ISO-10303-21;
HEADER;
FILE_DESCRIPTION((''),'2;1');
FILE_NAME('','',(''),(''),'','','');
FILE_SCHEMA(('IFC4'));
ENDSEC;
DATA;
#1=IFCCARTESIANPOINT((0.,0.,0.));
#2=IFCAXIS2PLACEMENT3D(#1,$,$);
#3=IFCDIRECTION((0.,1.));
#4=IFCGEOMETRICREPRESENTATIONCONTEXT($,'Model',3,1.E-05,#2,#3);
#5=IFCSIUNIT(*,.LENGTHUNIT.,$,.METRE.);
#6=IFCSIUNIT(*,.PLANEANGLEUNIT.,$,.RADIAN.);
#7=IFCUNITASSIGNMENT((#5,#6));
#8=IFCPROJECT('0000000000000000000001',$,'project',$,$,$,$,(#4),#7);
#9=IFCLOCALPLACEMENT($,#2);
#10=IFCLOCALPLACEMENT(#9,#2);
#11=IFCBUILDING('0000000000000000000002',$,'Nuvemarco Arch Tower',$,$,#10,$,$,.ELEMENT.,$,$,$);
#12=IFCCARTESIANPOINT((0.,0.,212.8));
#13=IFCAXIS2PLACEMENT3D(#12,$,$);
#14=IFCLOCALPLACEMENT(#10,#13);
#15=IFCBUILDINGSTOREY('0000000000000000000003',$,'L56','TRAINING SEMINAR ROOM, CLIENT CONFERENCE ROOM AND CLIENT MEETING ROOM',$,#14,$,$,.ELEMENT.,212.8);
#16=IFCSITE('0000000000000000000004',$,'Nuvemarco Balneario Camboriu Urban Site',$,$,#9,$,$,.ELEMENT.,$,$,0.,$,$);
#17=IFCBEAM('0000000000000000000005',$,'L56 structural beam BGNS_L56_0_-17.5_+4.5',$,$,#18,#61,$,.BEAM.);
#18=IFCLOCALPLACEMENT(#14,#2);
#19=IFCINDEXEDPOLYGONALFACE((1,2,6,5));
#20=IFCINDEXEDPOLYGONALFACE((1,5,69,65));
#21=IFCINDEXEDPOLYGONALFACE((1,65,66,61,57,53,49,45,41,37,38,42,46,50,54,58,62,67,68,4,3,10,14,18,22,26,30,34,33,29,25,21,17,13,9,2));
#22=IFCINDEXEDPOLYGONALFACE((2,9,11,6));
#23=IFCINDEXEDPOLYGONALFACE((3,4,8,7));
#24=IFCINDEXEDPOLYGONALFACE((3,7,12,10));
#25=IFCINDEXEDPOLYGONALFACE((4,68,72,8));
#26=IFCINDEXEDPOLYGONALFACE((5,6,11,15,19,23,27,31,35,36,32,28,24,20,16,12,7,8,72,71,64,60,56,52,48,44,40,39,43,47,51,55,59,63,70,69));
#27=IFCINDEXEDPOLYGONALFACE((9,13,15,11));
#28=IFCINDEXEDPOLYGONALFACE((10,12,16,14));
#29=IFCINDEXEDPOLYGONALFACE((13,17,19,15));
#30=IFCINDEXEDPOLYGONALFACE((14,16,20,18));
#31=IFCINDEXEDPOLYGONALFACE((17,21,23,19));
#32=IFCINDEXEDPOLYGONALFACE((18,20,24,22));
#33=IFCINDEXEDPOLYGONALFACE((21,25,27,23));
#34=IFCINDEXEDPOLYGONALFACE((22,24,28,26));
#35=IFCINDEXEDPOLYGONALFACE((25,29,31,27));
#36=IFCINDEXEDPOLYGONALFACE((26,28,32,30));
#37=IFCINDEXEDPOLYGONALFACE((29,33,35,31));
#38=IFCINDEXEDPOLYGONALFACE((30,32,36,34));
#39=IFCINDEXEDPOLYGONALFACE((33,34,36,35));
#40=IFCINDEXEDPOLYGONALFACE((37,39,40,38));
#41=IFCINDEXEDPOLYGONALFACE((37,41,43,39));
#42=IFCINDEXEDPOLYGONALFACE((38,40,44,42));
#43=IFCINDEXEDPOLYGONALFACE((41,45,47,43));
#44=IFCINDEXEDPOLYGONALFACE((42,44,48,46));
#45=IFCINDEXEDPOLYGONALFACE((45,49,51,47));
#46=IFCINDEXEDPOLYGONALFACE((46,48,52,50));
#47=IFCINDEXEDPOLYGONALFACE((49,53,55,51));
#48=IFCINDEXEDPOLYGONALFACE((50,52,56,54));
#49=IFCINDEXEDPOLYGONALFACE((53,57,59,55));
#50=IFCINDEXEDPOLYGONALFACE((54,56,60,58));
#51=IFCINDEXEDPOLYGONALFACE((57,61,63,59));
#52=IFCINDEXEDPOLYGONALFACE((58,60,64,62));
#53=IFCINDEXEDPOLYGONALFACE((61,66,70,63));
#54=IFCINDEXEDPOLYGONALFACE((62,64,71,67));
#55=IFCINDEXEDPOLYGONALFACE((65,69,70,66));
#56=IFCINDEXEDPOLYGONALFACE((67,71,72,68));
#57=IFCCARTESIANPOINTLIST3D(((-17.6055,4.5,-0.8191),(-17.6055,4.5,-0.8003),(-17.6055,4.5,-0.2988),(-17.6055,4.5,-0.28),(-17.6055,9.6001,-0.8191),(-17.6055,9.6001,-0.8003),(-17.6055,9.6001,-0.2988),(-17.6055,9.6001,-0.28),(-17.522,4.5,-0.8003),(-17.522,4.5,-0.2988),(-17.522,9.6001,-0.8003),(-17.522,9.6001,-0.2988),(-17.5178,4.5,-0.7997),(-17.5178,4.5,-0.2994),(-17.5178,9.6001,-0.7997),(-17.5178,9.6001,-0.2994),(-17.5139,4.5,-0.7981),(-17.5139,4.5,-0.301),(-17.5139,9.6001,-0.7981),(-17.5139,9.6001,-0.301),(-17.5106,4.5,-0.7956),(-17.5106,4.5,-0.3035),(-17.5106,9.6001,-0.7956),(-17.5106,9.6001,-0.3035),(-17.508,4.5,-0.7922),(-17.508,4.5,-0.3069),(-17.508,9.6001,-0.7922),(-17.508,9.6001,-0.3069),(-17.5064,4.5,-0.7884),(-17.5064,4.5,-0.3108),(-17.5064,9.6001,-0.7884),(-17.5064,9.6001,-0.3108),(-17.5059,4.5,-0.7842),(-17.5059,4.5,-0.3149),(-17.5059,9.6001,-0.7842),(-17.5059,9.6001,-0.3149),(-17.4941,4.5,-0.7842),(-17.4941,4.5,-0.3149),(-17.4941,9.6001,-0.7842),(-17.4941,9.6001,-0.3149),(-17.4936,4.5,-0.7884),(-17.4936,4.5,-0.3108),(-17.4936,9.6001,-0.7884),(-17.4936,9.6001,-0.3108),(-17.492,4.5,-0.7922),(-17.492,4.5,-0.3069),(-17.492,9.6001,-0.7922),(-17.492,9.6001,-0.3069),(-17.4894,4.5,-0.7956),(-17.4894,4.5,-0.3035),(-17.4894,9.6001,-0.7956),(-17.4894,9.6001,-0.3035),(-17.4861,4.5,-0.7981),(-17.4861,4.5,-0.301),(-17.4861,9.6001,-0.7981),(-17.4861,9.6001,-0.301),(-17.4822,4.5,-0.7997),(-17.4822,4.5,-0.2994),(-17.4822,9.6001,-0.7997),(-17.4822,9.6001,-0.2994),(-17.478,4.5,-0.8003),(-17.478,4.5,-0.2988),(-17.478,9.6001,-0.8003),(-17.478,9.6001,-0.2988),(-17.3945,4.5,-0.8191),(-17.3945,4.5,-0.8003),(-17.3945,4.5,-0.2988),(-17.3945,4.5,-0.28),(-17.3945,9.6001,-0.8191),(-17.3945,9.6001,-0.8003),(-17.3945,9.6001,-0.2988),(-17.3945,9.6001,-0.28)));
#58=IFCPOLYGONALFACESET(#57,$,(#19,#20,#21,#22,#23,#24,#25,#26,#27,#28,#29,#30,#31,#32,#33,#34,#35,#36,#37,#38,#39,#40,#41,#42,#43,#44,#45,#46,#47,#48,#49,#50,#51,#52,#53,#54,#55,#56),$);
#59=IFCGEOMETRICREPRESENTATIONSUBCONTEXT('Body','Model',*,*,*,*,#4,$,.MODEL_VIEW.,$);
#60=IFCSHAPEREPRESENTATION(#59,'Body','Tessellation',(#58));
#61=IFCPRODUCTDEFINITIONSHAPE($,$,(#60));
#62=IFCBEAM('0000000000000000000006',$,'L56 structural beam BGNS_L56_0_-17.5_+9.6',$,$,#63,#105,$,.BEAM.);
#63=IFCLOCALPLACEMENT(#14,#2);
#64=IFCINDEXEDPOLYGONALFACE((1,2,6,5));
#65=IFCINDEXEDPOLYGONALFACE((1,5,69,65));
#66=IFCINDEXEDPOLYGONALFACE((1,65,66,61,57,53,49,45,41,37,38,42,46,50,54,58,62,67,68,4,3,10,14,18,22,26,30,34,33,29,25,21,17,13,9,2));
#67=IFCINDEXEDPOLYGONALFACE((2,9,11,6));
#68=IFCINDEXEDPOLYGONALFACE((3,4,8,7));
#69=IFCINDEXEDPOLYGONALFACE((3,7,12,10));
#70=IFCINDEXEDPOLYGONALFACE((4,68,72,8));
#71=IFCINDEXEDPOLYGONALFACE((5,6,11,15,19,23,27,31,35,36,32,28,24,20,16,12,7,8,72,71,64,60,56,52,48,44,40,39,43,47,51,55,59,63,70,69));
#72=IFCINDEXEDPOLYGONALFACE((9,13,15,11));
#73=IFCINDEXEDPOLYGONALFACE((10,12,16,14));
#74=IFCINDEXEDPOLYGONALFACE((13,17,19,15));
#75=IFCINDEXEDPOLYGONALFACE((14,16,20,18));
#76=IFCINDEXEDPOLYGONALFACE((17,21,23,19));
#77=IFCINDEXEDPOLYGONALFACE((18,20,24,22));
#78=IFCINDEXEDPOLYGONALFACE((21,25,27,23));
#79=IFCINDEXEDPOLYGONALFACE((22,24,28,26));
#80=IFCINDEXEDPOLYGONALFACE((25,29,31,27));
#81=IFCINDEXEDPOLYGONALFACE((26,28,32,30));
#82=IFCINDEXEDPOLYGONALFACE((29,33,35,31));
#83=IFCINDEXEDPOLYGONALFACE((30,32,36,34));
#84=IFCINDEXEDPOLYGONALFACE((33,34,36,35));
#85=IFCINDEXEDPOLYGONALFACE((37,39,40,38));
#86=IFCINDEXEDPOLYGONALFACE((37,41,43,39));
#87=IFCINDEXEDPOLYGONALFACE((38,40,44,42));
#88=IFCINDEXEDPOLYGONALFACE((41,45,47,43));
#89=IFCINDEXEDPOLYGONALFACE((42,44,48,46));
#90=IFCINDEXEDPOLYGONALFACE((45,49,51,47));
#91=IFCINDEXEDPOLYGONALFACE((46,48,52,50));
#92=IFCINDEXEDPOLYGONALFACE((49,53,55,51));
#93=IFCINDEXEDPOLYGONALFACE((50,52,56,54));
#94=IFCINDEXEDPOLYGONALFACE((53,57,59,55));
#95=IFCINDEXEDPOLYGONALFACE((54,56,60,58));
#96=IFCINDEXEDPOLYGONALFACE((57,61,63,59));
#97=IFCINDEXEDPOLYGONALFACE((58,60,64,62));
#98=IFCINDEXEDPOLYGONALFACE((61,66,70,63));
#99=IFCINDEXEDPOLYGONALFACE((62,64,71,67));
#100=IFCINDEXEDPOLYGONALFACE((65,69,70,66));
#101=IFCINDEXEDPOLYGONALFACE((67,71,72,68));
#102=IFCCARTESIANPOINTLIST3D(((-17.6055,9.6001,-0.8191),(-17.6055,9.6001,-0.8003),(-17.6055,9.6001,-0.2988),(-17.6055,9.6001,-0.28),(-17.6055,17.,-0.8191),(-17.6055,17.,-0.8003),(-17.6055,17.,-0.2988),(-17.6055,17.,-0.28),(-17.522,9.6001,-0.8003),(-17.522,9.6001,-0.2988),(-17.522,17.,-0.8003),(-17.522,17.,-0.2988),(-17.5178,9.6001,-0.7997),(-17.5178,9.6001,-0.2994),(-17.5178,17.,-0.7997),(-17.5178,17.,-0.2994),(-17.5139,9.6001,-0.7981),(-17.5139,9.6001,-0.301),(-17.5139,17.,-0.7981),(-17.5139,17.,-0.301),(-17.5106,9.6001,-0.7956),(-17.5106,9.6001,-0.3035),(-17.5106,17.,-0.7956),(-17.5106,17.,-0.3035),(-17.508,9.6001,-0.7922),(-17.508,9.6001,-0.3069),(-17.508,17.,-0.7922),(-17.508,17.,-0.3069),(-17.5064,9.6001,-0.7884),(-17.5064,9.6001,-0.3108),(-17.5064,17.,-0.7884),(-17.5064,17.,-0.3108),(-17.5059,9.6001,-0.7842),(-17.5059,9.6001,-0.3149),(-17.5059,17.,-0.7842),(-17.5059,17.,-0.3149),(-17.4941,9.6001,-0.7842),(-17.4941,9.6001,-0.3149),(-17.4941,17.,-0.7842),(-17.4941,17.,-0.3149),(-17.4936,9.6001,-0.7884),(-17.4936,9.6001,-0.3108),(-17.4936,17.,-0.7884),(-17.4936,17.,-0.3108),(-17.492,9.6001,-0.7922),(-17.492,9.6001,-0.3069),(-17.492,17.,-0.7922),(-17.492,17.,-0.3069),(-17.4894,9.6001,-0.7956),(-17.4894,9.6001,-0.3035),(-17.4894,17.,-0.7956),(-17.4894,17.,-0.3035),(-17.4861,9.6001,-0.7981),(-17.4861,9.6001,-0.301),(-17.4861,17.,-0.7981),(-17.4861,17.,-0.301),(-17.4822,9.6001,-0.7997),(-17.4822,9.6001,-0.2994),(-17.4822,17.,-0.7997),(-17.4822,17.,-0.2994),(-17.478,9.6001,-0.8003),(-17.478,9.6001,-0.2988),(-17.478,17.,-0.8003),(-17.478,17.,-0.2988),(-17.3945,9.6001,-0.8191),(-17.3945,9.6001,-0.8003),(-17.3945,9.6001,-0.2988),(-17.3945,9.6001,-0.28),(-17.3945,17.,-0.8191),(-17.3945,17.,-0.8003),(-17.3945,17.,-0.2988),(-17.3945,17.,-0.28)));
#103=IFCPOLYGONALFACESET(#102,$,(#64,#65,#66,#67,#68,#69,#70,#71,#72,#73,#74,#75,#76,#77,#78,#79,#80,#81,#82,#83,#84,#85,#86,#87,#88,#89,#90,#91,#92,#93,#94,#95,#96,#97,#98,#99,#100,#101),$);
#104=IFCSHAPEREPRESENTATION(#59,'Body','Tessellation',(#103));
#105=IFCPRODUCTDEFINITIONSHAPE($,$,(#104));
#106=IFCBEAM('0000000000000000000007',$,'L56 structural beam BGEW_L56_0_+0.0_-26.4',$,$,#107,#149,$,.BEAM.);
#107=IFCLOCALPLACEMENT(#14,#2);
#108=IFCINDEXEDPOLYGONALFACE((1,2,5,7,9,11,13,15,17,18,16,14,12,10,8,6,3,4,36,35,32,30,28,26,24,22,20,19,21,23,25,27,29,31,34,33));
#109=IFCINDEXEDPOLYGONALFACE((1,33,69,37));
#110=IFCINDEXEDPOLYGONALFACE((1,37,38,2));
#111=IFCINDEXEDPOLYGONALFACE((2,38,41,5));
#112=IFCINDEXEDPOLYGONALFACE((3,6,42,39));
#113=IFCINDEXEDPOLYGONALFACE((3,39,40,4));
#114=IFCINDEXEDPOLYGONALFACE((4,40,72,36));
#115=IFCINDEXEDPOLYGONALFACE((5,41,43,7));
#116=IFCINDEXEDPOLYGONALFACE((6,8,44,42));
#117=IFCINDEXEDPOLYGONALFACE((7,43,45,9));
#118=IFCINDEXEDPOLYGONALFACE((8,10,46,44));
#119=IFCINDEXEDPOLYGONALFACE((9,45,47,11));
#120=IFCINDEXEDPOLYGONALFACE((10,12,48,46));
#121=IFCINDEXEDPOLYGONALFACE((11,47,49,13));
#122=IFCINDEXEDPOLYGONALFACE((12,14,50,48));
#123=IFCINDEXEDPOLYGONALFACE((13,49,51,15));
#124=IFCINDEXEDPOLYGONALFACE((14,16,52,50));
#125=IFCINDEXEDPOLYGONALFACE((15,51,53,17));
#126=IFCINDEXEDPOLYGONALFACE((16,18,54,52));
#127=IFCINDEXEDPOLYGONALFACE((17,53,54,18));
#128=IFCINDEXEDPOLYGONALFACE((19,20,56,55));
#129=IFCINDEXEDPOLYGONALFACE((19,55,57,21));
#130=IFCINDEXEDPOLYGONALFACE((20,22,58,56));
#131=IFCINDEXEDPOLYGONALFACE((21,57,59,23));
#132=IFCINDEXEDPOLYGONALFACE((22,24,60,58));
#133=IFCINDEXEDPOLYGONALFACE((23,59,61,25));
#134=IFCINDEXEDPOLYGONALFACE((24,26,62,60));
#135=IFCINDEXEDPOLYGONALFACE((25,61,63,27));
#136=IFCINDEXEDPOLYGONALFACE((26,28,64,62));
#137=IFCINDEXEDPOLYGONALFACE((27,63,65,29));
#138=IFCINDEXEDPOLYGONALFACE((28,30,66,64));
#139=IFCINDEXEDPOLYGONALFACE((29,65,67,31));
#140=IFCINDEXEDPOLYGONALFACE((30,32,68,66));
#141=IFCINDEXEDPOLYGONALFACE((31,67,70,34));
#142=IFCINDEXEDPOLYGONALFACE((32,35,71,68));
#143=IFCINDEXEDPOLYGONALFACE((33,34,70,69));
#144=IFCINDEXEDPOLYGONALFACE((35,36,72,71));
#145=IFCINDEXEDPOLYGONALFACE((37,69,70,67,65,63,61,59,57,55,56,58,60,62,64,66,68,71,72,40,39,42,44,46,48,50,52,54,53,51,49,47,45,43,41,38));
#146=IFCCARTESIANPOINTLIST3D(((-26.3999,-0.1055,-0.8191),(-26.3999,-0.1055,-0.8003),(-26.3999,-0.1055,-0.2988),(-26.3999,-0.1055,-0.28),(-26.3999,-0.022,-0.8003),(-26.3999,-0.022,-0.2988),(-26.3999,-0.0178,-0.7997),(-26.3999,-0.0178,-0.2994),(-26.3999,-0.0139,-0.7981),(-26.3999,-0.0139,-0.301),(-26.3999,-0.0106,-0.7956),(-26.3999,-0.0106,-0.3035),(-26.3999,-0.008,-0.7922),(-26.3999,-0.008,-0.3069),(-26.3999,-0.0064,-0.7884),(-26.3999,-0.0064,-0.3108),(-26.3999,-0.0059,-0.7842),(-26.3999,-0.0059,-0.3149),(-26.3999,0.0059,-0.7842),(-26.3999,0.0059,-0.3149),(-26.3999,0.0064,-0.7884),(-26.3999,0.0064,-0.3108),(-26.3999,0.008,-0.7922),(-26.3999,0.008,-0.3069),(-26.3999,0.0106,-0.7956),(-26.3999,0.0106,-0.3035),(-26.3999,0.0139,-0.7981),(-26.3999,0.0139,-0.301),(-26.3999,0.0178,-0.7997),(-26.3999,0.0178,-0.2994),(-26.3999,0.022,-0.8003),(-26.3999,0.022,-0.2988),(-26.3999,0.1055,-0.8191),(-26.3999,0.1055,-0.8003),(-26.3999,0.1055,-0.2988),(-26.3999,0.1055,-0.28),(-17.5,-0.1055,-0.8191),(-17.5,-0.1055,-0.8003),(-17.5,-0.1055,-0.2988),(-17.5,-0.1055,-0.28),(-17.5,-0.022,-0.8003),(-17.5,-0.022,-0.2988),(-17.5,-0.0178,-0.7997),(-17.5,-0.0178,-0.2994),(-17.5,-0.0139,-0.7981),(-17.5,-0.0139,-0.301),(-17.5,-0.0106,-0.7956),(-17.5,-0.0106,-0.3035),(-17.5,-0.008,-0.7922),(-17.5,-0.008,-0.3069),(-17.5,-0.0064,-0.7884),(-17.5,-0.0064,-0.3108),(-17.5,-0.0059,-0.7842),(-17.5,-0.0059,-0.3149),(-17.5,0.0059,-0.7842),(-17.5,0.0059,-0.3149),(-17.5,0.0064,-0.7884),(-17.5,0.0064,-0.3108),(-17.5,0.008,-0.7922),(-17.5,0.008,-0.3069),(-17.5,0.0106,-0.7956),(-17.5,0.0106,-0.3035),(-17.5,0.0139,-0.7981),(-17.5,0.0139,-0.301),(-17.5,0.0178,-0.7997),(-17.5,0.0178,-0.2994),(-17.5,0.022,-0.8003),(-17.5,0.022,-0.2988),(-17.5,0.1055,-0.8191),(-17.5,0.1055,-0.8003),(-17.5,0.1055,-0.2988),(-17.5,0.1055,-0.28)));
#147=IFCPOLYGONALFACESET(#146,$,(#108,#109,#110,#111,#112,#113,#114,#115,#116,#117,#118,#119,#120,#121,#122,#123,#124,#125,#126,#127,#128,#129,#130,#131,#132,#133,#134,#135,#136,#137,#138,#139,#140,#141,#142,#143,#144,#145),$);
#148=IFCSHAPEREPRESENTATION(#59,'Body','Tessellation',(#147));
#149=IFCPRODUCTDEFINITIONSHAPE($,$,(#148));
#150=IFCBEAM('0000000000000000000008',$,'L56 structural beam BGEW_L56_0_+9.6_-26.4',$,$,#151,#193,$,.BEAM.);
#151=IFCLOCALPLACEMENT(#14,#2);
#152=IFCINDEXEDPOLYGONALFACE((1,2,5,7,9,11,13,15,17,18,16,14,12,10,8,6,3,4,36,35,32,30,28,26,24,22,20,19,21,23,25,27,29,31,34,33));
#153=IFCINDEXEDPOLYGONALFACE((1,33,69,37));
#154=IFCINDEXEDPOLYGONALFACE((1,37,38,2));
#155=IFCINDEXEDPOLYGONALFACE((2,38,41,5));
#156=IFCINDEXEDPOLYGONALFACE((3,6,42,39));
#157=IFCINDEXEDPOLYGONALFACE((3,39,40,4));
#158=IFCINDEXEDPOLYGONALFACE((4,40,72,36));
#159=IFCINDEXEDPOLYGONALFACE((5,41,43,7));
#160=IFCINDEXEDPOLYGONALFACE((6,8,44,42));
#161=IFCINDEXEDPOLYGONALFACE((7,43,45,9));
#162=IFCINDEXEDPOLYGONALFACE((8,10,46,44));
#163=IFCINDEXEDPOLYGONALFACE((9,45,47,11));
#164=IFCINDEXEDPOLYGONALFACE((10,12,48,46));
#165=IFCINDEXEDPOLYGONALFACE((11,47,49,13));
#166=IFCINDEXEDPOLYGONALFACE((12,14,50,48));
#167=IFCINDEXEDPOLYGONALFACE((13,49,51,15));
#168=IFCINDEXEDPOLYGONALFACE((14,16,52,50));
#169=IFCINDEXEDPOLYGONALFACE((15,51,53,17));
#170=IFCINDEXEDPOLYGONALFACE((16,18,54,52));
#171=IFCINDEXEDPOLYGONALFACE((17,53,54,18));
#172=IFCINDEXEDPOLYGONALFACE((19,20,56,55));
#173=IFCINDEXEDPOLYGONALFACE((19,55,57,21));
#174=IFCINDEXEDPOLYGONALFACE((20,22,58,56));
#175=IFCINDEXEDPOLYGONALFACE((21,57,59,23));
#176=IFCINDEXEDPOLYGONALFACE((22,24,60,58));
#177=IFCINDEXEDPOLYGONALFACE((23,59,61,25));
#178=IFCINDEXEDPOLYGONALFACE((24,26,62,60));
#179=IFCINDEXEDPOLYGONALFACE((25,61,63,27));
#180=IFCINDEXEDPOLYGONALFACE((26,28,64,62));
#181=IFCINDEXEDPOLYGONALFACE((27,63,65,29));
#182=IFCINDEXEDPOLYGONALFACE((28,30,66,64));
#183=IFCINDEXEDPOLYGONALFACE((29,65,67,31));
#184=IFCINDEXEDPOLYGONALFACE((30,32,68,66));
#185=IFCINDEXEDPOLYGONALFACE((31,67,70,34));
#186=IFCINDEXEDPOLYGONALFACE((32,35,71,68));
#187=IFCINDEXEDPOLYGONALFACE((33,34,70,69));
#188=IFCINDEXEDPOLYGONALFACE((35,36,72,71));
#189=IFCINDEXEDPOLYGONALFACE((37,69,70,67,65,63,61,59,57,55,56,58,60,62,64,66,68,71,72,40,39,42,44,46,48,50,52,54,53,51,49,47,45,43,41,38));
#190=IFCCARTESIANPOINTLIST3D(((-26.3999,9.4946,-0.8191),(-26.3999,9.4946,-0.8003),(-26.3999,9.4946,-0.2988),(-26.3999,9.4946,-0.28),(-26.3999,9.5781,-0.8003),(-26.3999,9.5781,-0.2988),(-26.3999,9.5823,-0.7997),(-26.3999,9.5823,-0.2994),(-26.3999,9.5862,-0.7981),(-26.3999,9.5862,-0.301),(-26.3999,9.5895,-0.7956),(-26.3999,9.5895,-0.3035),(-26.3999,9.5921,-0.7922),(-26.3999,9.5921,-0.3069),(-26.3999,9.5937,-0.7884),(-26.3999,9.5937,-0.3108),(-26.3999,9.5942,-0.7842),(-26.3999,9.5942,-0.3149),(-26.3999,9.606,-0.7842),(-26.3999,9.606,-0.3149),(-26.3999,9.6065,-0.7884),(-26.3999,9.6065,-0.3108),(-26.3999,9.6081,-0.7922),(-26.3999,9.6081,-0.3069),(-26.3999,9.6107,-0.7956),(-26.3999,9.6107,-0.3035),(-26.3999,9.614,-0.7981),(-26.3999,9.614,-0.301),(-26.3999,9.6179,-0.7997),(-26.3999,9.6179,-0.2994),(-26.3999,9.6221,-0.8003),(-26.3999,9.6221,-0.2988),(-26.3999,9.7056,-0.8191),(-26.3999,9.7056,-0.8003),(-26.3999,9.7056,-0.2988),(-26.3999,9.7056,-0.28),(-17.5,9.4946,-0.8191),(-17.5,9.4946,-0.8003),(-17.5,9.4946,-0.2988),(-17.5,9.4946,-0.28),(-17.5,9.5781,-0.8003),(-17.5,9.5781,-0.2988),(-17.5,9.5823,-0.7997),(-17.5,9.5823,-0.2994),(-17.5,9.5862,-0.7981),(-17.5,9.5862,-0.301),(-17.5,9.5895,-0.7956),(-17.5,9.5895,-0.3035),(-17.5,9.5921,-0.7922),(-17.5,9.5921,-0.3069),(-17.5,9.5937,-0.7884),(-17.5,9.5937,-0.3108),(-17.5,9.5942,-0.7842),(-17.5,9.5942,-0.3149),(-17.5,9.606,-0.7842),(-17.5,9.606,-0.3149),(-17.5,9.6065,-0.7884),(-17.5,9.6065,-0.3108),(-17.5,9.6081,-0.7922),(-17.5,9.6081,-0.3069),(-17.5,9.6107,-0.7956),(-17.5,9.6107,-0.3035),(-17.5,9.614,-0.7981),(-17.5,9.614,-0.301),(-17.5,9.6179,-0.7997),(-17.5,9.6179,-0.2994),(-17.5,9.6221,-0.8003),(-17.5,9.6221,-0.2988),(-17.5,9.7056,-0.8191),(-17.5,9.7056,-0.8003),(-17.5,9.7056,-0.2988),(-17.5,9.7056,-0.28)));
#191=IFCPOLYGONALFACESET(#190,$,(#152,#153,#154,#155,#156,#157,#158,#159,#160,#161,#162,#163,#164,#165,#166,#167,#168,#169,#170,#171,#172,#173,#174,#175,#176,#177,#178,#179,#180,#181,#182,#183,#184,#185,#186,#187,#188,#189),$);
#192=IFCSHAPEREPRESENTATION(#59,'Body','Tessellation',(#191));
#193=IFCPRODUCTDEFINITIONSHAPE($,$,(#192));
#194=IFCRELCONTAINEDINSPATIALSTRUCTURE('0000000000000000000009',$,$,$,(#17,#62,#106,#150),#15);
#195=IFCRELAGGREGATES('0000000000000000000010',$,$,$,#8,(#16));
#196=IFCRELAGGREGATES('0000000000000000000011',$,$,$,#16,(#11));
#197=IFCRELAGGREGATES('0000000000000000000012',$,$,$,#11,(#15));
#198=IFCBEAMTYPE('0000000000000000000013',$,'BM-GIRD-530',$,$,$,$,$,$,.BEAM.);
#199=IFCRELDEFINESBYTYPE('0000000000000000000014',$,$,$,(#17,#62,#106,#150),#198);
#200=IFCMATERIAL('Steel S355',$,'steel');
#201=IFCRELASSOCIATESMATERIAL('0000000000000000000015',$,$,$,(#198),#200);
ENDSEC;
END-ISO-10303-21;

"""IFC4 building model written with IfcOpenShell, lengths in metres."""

from ifc_helpers import new_model, si_unit, direction, frame, origin, origin_2d, place, context, subcontext, project, spatial, i_section, extrude, material, material_profile, profile_set, type_object, element, save


model = new_model("IFC4")

# Units and contexts
model_context = context("Model", 3, precision=1e-05, world=origin(), true_north=direction((0.0, 1.0)))
body_context = subcontext(model_context, "Body", "Model", "MODEL_VIEW")
ifc_project = project(units=[si_unit("LENGTHUNIT", "METRE"), si_unit("PLANEANGLEUNIT", "RADIAN")], contexts=[model_context])

# Site, building, storey
site_placement = place(None, origin())
site = spatial("IfcSite", under=ifc_project, at=site_placement, Name="Nuvemarco Balneario Camboriu Urban Site", CompositionType="ELEMENT", RefElevation=0.0)
building_placement = place(site_placement, origin())
building = spatial("IfcBuilding", under=site, at=building_placement, Name="Nuvemarco Arch Tower", CompositionType="ELEMENT")
storey_placement = place(building_placement, frame((0.0, 0.0, 212.8)))
storey = spatial("IfcBuildingStorey", under=building, at=storey_placement, Name="L56", Description="TRAINING SEMINAR ROOM, CLIENT CONFERENCE ROOM AND CLIENT MEETING ROOM", CompositionType="ELEMENT", Elevation=212.8)

# Shared definitions
ifc_material_1 = material(Name="Steel S355", Category="steel")

# Beams
ifc_material_profile_1 = material_profile(ifc_material_1, i_section(OverallWidth=0.2109, OverallDepth=0.5391, WebThickness=0.0117, FlangeThickness=0.0188, FilletRadius=0.0161, at=origin_2d()), Name="W530x109")
ifc_profile_set_1 = profile_set([ifc_material_profile_1], Name="Steel S355")
beam_type_1 = type_object("IfcBeamType", Name="BM-GIRD-530", PredefinedType="BEAM", material=ifc_profile_set_1)
beam_1_placement = place(storey_placement, frame((-17.5, 4.5, -0.5496), z_axis=(0.0, 1.0, 0.0), x_axis=(-1.0, 0.0, 0.0)))
element("IfcBeam", 1, at=beam_1_placement, inside=storey, type_object=beam_type_1, Name="L56 structural beam BGNS_L56_0_-17.5_+4.5", PredefinedType="BEAM", context=body_context, shape_type="SweptSolid", body=[
    extrude(i_section(OverallWidth=0.2109, OverallDepth=0.5391, WebThickness=0.0117, FlangeThickness=0.0188, FilletRadius=0.0161, at=origin_2d()), origin(), (0.0, 0.0, 1.0), 5.1001),
])
beam_2_placement = place(storey_placement, frame((-17.5, 9.6001, -0.5496), z_axis=(0.0, 1.0, 0.0), x_axis=(-1.0, 0.0, 0.0)))
element("IfcBeam", 2, at=beam_2_placement, inside=storey, type_object=beam_type_1, Name="L56 structural beam BGNS_L56_0_-17.5_+9.6", PredefinedType="BEAM", context=body_context, shape_type="SweptSolid", body=[
    extrude(i_section(OverallWidth=0.2109, OverallDepth=0.5391, WebThickness=0.0117, FlangeThickness=0.0188, FilletRadius=0.0161, at=origin_2d()), origin(), (0.0, 0.0, 1.0), 7.3999),
])
for number, where, z_axis, x_axis, name in (
    (3, (-26.3999, 0.0, -0.5496), (1.0, 0.0, 0.0), (0.0, 1.0, 0.0), "L56 structural beam BGEW_L56_0_+0.0_-26.4"),
    (4, (-26.3999, 9.6001, -0.5496), (1.0, 0.0, 0.0), (0.0, 1.0, 0.0), "L56 structural beam BGEW_L56_0_+9.6_-26.4"),
):
    element("IfcBeam", number, at=place(storey_placement, frame(where, z_axis=z_axis, x_axis=x_axis)), inside=storey, type_object=beam_type_1, Name=name, PredefinedType="BEAM", context=body_context, shape_type="SweptSolid", body=[
        extrude(i_section(OverallWidth=0.2109, OverallDepth=0.5391, WebThickness=0.0117, FlangeThickness=0.0188, FilletRadius=0.0161, at=origin_2d()), origin(), (0.0, 0.0, 1.0), 8.8999),
    ])

save(model, "model.ifc")
